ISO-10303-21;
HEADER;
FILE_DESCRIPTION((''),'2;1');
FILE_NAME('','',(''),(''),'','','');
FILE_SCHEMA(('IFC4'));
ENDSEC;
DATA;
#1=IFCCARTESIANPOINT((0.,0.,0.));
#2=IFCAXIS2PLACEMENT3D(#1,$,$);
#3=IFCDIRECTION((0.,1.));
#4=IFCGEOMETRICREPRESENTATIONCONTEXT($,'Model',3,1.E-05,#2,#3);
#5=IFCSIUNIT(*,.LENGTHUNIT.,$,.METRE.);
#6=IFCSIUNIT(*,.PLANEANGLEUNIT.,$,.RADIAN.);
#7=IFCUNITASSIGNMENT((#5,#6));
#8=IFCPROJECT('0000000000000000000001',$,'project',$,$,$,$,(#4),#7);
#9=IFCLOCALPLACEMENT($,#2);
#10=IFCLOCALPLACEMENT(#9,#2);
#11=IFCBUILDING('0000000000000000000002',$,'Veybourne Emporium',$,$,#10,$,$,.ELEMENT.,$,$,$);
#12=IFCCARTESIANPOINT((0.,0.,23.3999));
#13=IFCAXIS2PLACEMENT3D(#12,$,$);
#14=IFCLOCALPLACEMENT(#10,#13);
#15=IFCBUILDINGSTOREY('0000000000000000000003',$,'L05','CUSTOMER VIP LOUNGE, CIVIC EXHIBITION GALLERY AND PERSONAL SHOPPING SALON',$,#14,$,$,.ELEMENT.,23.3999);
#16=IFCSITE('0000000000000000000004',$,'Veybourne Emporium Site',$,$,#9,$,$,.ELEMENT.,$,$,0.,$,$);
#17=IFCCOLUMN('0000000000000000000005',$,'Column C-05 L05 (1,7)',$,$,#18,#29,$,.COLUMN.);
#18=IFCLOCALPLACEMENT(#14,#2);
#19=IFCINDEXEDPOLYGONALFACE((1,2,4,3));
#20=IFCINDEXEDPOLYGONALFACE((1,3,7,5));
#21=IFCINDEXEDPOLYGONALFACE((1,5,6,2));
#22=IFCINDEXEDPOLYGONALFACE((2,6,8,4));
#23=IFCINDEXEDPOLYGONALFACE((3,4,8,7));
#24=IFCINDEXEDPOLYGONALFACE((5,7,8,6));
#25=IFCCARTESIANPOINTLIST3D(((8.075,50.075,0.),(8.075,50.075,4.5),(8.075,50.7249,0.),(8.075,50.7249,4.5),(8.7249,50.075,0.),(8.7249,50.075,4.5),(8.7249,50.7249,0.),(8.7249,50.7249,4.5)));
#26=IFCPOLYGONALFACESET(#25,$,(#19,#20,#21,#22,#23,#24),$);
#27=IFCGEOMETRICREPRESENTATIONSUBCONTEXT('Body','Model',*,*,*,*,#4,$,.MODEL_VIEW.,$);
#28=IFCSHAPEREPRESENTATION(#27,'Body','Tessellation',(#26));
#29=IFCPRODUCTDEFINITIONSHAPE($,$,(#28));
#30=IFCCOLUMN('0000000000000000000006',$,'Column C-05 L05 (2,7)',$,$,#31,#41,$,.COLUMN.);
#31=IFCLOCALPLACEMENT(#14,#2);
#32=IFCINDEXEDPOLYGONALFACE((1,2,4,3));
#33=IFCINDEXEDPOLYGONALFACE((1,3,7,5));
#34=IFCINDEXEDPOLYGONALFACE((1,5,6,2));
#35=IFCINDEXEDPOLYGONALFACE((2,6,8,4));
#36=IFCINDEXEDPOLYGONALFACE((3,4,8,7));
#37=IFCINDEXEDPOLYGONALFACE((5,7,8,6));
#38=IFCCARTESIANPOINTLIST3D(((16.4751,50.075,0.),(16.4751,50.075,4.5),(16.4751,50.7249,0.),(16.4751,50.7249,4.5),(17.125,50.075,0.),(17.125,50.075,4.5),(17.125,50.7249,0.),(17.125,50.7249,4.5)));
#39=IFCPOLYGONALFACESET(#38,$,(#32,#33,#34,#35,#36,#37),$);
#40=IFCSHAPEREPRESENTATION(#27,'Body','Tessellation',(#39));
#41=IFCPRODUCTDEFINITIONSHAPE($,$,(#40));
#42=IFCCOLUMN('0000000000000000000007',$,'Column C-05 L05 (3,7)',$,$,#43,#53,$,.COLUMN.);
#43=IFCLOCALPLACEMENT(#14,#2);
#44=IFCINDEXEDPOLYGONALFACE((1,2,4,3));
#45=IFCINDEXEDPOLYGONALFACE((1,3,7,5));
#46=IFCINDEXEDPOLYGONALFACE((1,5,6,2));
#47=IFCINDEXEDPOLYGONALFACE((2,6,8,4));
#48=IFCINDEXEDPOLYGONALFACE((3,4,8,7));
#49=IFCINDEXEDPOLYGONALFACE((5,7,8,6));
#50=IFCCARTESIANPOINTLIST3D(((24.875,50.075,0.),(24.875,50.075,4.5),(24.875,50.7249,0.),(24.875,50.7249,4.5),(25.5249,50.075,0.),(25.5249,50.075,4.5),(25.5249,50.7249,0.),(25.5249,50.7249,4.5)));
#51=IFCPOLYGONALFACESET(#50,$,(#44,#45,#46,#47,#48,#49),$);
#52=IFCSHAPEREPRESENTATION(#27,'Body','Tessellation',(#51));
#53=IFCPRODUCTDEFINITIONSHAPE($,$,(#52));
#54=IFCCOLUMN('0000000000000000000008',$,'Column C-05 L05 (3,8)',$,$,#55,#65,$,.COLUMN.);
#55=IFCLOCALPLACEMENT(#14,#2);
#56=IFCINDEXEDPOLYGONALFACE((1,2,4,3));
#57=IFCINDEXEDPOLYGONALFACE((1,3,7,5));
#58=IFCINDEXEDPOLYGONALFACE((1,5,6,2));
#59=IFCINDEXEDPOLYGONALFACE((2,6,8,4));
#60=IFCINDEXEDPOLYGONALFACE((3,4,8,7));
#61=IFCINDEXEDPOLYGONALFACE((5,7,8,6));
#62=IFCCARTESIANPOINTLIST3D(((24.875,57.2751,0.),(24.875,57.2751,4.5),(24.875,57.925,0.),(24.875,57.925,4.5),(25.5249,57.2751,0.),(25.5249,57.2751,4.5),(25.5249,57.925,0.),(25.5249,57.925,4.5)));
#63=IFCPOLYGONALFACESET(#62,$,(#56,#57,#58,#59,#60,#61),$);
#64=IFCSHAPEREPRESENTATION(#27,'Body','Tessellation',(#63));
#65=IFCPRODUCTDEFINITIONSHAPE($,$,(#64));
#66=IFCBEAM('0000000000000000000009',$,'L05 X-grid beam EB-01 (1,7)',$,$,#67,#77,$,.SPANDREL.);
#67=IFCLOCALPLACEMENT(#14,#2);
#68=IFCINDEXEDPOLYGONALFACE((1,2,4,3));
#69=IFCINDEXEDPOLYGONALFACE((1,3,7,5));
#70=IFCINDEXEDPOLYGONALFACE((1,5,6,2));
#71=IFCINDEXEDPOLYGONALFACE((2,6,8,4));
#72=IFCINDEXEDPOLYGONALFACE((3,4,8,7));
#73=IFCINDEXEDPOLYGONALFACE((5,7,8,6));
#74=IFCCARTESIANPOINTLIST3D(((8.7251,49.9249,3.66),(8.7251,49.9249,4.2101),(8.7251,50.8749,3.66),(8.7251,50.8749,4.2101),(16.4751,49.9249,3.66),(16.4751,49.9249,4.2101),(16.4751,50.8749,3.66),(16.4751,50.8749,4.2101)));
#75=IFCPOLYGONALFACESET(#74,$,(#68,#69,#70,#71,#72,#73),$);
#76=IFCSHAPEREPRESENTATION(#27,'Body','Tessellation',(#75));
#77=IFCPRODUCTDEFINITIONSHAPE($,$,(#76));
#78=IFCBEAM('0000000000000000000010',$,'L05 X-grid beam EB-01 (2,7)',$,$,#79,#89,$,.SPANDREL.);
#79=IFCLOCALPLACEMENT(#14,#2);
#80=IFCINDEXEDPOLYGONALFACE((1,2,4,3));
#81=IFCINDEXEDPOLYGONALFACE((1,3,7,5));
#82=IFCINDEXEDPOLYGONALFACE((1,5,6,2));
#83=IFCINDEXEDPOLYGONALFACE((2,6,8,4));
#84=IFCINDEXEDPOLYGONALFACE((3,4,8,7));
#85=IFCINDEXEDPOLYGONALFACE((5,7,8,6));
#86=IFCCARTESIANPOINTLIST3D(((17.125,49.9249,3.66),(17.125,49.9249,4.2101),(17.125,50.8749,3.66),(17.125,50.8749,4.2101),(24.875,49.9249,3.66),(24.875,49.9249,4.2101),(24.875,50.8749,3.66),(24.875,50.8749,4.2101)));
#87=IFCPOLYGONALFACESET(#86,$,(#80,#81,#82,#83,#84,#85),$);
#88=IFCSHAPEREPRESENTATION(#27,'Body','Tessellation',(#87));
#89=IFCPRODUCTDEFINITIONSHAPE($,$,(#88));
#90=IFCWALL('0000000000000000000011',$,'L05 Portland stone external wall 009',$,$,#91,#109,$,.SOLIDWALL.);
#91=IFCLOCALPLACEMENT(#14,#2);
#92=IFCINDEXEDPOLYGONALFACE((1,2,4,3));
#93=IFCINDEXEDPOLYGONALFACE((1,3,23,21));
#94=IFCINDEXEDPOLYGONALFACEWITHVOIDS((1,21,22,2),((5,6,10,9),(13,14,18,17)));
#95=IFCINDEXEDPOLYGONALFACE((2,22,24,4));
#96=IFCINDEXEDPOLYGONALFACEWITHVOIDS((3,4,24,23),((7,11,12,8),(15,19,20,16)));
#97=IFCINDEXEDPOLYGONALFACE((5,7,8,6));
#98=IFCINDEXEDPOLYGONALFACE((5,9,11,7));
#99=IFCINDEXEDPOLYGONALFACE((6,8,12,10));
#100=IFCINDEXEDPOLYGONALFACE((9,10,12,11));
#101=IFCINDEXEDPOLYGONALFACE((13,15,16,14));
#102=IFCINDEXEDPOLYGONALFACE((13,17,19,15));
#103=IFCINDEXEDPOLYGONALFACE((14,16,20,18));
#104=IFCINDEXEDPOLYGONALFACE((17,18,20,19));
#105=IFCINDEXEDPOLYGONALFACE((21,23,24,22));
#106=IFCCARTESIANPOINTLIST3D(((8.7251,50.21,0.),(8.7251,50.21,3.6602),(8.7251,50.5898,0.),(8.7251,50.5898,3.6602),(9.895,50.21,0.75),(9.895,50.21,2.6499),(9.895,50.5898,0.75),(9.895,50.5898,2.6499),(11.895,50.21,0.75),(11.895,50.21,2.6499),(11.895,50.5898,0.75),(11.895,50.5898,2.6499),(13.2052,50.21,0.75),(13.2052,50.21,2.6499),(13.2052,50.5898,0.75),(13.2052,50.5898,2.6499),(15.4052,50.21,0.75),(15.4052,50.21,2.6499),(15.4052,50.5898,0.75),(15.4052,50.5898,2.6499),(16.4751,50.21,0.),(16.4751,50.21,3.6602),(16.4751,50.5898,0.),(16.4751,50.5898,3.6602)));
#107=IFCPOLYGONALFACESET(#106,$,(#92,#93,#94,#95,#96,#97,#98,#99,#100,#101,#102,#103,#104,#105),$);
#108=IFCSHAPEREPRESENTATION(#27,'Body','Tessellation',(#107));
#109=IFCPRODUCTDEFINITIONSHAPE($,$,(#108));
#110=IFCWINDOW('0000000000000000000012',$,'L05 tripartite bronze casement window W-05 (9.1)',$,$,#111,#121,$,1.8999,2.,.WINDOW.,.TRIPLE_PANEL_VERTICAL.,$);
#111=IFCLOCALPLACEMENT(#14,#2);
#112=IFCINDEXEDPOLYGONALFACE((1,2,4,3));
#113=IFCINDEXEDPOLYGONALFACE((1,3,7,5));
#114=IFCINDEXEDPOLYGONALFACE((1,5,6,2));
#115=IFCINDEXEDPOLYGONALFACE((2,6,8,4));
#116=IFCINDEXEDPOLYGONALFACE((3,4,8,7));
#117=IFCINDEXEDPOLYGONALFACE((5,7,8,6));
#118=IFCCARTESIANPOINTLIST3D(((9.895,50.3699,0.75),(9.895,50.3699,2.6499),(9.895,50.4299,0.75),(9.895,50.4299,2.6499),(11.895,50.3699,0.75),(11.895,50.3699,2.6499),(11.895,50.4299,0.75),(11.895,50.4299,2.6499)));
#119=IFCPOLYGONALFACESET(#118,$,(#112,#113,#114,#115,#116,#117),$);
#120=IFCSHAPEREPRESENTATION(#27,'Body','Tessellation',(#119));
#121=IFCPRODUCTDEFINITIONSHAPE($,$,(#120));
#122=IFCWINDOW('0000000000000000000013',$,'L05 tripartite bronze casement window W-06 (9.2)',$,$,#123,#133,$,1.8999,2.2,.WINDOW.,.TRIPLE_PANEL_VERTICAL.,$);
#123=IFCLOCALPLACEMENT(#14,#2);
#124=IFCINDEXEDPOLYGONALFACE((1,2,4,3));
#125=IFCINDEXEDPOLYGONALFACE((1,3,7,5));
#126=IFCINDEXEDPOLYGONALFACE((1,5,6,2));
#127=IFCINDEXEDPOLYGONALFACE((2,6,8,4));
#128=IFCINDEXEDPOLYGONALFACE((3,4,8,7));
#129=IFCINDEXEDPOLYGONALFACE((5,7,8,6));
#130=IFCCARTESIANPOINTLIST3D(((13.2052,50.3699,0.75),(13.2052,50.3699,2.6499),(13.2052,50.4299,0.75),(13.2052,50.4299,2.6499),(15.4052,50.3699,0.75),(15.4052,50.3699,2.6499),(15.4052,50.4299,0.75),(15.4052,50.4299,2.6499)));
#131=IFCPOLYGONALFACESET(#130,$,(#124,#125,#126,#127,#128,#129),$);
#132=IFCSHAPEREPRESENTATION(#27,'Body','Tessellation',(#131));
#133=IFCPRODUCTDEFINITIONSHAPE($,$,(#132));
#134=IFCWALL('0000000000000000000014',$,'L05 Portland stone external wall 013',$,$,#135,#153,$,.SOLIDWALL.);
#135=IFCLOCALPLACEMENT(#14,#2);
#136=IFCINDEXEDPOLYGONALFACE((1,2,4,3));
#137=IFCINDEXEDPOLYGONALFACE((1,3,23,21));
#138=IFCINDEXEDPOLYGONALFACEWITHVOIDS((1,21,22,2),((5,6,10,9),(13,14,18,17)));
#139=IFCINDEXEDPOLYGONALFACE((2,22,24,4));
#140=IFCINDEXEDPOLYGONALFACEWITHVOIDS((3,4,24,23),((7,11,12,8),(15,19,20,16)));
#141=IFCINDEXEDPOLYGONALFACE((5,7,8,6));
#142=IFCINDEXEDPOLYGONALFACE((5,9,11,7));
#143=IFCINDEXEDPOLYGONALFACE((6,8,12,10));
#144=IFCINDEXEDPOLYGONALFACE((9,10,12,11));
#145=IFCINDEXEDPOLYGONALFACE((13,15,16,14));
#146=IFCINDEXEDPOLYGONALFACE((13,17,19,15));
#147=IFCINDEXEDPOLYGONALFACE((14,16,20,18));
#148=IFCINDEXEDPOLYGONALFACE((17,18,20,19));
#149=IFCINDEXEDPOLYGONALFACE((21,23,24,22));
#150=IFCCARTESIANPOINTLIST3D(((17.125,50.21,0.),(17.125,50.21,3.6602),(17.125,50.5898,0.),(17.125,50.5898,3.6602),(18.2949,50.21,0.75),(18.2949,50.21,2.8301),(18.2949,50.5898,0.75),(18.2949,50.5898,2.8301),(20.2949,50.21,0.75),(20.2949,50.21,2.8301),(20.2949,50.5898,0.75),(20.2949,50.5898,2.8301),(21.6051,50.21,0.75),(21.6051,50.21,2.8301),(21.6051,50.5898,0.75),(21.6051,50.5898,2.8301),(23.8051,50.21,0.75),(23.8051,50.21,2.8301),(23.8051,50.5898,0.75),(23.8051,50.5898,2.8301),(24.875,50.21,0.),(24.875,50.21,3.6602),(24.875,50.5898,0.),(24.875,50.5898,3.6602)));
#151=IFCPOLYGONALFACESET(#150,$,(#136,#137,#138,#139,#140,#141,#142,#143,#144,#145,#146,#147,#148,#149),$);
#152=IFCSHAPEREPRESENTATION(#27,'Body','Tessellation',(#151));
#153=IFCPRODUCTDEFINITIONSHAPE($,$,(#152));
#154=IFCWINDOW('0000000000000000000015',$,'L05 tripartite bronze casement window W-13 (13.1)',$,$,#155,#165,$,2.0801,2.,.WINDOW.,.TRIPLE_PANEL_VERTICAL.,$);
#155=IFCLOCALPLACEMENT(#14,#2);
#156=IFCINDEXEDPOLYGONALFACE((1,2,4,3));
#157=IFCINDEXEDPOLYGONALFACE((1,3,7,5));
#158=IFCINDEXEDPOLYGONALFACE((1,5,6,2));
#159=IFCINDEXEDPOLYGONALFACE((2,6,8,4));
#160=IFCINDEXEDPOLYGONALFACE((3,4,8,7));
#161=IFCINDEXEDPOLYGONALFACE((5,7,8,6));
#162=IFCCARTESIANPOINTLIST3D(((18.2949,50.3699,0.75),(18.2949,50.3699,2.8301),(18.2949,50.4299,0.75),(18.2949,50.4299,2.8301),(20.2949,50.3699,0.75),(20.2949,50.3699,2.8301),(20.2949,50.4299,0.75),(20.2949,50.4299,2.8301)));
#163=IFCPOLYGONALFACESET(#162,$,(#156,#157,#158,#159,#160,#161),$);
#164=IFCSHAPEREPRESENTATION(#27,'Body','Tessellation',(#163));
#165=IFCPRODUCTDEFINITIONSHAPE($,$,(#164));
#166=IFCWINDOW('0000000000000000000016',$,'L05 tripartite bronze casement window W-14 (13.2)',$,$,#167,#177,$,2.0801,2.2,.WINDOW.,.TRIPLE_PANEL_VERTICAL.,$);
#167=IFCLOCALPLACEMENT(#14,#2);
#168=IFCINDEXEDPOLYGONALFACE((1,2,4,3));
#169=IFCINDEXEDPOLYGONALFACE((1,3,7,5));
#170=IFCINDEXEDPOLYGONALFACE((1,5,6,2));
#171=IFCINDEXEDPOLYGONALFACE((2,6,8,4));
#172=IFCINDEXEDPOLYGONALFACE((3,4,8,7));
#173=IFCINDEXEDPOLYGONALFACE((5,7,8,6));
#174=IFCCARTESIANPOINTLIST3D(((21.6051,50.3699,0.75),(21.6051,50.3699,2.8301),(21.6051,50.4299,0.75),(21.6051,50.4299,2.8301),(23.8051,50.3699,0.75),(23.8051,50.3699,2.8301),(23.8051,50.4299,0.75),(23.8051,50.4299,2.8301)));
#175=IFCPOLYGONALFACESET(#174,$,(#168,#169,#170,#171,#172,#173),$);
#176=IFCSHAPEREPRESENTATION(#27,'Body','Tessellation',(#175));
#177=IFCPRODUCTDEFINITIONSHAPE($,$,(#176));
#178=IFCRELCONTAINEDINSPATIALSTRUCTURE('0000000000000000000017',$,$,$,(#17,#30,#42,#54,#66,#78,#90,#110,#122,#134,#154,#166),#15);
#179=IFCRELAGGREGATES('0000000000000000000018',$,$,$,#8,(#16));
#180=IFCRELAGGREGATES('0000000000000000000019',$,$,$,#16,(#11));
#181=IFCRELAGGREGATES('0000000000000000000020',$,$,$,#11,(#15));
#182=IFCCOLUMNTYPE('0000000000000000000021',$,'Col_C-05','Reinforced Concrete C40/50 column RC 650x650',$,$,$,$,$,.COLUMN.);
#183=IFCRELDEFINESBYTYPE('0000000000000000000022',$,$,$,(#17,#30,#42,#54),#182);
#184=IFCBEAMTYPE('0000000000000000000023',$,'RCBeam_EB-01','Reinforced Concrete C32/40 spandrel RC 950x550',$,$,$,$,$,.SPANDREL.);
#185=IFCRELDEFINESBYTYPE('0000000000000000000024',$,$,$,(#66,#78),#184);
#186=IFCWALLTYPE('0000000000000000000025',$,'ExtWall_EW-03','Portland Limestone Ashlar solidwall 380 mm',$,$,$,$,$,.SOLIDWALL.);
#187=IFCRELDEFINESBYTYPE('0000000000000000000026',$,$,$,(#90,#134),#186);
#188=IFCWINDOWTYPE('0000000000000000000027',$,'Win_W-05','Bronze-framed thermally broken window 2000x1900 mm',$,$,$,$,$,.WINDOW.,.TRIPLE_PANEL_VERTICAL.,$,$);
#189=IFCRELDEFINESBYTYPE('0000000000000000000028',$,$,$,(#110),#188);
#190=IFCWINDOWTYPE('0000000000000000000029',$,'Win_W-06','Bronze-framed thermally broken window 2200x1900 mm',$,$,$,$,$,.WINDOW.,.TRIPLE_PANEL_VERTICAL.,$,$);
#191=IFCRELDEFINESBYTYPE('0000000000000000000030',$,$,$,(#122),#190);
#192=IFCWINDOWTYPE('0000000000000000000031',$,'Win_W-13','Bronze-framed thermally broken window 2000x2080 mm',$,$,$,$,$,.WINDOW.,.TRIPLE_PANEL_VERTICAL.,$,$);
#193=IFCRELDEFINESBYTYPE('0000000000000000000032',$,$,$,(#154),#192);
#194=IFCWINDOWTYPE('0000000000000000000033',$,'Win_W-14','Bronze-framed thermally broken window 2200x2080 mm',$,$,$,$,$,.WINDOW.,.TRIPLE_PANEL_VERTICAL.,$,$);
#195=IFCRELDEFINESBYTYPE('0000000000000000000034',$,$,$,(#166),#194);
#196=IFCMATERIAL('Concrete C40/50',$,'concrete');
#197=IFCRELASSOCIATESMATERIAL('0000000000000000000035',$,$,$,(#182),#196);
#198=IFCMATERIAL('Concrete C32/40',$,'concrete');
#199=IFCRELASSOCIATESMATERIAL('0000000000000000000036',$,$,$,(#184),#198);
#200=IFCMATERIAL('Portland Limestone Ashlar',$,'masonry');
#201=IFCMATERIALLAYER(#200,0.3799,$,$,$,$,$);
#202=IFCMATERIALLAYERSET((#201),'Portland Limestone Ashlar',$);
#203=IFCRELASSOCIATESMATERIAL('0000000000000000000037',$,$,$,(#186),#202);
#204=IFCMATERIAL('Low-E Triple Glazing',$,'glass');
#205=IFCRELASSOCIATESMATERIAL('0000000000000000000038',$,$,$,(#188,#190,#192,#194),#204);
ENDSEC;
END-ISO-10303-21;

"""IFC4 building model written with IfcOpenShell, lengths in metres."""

from ifc_helpers import new_model, si_unit, direction, frame, frame_2d, origin, origin_2d, place, context, subcontext, project, spatial, rectangle, extrude, material, layer, layer_set, material_profile, profile_set, type_object, element, fill, save


model = new_model("IFC4")

# Units and contexts
model_context = context("Model", 3, precision=1e-05, world=origin(), true_north=direction((0.0, 1.0)))
body_context = subcontext(model_context, "Body", "Model", "MODEL_VIEW")
ifc_project = project(units=[si_unit("LENGTHUNIT", "METRE"), si_unit("PLANEANGLEUNIT", "RADIAN")], contexts=[model_context])

# Site, building, storey
site_placement = place(None, origin())
site = spatial("IfcSite", under=ifc_project, at=site_placement, Name="Veybourne Emporium Site", CompositionType="ELEMENT", RefElevation=0.0)
building_placement = place(site_placement, origin())
building = spatial("IfcBuilding", under=site, at=building_placement, Name="Veybourne Emporium", CompositionType="ELEMENT")
storey_placement = place(building_placement, frame((0.0, 0.0, 23.3999)))
storey = spatial("IfcBuildingStorey", under=building, at=storey_placement, Name="L05", Description="CUSTOMER VIP LOUNGE, CIVIC EXHIBITION GALLERY AND PERSONAL SHOPPING SALON", CompositionType="ELEMENT", Elevation=23.3999)

# Columns
ifc_material_1 = material(Name="Concrete C40/50", Category="concrete")
ifc_material_profile_1 = material_profile(ifc_material_1, rectangle(XDim=0.6499, YDim=0.6499, at=origin_2d()), Name="RC 650x650")
ifc_profile_set_1 = profile_set([ifc_material_profile_1], Name="Concrete C40/50")
column_type = type_object("IfcColumnType", Name="Col_C-05", Description="Reinforced Concrete C40/50 column RC 650x650", PredefinedType="COLUMN", material=ifc_profile_set_1)
for number, where, z_axis, x_axis, name in (
    (1, (8.3999, 50.3999, 0.0), (0.0, 0.0, 1.0), (1.0, 0.0, 0.0), "Column C-05 L05 (1,7)"),
    (2, (16.8, 50.3999, 0.0), (0.0, 0.0, 1.0), (1.0, 0.0, 0.0), "Column C-05 L05 (2,7)"),
    (3, (25.2, 50.3999, 0.0), (0.0, 0.0, 1.0), (1.0, 0.0, 0.0), "Column C-05 L05 (3,7)"),
    (4, (25.2, 57.6001, 0.0), (0.0, 0.0, 1.0), (1.0, 0.0, 0.0), "Column C-05 L05 (3,8)"),
):
    element("IfcColumn", number, at=place(storey_placement, frame(where, z_axis=z_axis, x_axis=x_axis)), inside=storey, type_object=column_type, Name=name, PredefinedType="COLUMN", context=body_context, shape_type="SweptSolid", body=[
        extrude(rectangle(XDim=0.6499, YDim=0.6499, at=origin_2d()), origin(), (0.0, 0.0, 1.0), 4.5),
    ])

# Beams
ifc_material_2 = material(Name="Concrete C32/40", Category="concrete")
ifc_material_profile_2 = material_profile(ifc_material_2, rectangle(XDim=0.95, YDim=0.55, at=origin_2d()), Name="RC 950x550")
ifc_profile_set_2 = profile_set([ifc_material_profile_2], Name="Concrete C32/40")
beam_type = type_object("IfcBeamType", Name="RCBeam_EB-01", Description="Reinforced Concrete C32/40 spandrel RC 950x550", PredefinedType="SPANDREL", material=ifc_profile_set_2)
for number, where, z_axis, x_axis, name in (
    (5, (8.7251, 50.3999, 3.9351), (1.0, 0.0, 0.0), (0.0, 1.0, 0.0), "L05 X-grid beam EB-01 (1,7)"),
    (6, (17.125, 50.3999, 3.9351), (1.0, 0.0, 0.0), (0.0, 1.0, 0.0), "L05 X-grid beam EB-01 (2,7)"),
):
    element("IfcBeam", number, at=place(storey_placement, frame(where, z_axis=z_axis, x_axis=x_axis)), inside=storey, type_object=beam_type, Name=name, PredefinedType="SPANDREL", context=body_context, shape_type="SweptSolid", body=[
        extrude(rectangle(XDim=0.95, YDim=0.55, at=origin_2d()), origin(), (0.0, 0.0, 1.0), 7.75),
    ])

# Walls, openings, windows
ifc_material_3 = material(Name="Portland Limestone Ashlar", Category="masonry")
ifc_layer_1 = layer(ifc_material_3, 0.3799)
ifc_layer_set_1 = layer_set([ifc_layer_1], Name="Portland Limestone Ashlar")
wall_type_1 = type_object("IfcWallType", Name="ExtWall_EW-03", Description="Portland Limestone Ashlar solidwall 380 mm", PredefinedType="SOLIDWALL", material=ifc_layer_set_1)
wall_1_placement = place(storey_placement, frame((8.7251, 50.3999, 0.0), z_axis=(0.0, 0.0, 1.0), x_axis=(1.0, 0.0, 0.0)))
wall_1 = element("IfcWall", 7, at=wall_1_placement, inside=storey, type_object=wall_type_1, Name="L05 Portland stone external wall 009", PredefinedType="SOLIDWALL", context=body_context, shape_type="SweptSolid", body=[
    extrude(rectangle(XDim=7.75, YDim=0.3799, at=frame_2d((3.875, 0.0))), origin(), (0.0, 0.0, 1.0), 3.6602),
])
opening_1_placement = place(wall_1_placement, frame((1.1699, 0.0, 0.75)))
opening_1 = element("IfcOpeningElement", 8, at=opening_1_placement, cuts=wall_1, PredefinedType="OPENING", context=body_context, shape_type="SweptSolid", body=[
    extrude(rectangle(XDim=2.0, YDim=1.8999, at=frame_2d((1.0, 0.95))), frame((0.0, 0.21, 0.0), z_axis=(0.0, -1.0, 0.0), x_axis=(1.0, 0.0, 0.0)), (0.0, 0.0, 1.0), 0.4199),
])
opening_2_placement = place(wall_1_placement, frame((4.48, 0.0, 0.75)))
opening_2 = element("IfcOpeningElement", 9, at=opening_2_placement, cuts=wall_1, PredefinedType="OPENING", context=body_context, shape_type="SweptSolid", body=[
    extrude(rectangle(XDim=2.2, YDim=1.8999, at=frame_2d((1.1001, 0.95))), frame((0.0, 0.21, 0.0), z_axis=(0.0, -1.0, 0.0), x_axis=(1.0, 0.0, 0.0)), (0.0, 0.0, 1.0), 0.4199),
])
ifc_material_4 = material(Name="Low-E Triple Glazing", Category="glass")
window_type_1 = type_object("IfcWindowType", Name="Win_W-05", Description="Bronze-framed thermally broken window 2000x1900 mm", PartitioningType="TRIPLE_PANEL_VERTICAL", PredefinedType="WINDOW", material=ifc_material_4)
window_1_placement = place(opening_1_placement, origin())
window_1 = element("IfcWindow", 10, at=window_1_placement, inside=storey, type_object=window_type_1, Name="L05 tripartite bronze casement window W-05 (9.1)", OverallHeight=1.8999, OverallWidth=2.0, PartitioningType="TRIPLE_PANEL_VERTICAL", PredefinedType="WINDOW", context=body_context, shape_type="SweptSolid", body=[
    extrude(rectangle(XDim=2.0, YDim=1.8999, at=frame_2d((1.0, 0.95))), frame((0.0, 0.03, 0.0), z_axis=(0.0, -1.0, 0.0), x_axis=(1.0, 0.0, 0.0)), (0.0, 0.0, 1.0), 0.0601),
])
fill(opening_1, window_1)
window_type_2 = type_object("IfcWindowType", Name="Win_W-06", Description="Bronze-framed thermally broken window 2200x1900 mm", PartitioningType="TRIPLE_PANEL_VERTICAL", PredefinedType="WINDOW", material=ifc_material_4)
window_2_placement = place(opening_2_placement, origin())
window_2 = element("IfcWindow", 11, at=window_2_placement, inside=storey, type_object=window_type_2, Name="L05 tripartite bronze casement window W-06 (9.2)", OverallHeight=1.8999, OverallWidth=2.2, PartitioningType="TRIPLE_PANEL_VERTICAL", PredefinedType="WINDOW", context=body_context, shape_type="SweptSolid", body=[
    extrude(rectangle(XDim=2.2, YDim=1.8999, at=frame_2d((1.1001, 0.95))), frame((0.0, 0.03, 0.0), z_axis=(0.0, -1.0, 0.0), x_axis=(1.0, 0.0, 0.0)), (0.0, 0.0, 1.0), 0.0601),
])
fill(opening_2, window_2)
wall_2_placement = place(storey_placement, frame((17.125, 50.3999, 0.0), z_axis=(0.0, 0.0, 1.0), x_axis=(1.0, 0.0, 0.0)))
wall_2 = element("IfcWall", 12, at=wall_2_placement, inside=storey, type_object=wall_type_1, Name="L05 Portland stone external wall 013", PredefinedType="SOLIDWALL", context=body_context, shape_type="SweptSolid", body=[
    extrude(rectangle(XDim=7.75, YDim=0.3799, at=frame_2d((3.875, 0.0))), origin(), (0.0, 0.0, 1.0), 3.6602),
])
opening_3_placement = place(wall_2_placement, frame((1.1699, 0.0, 0.75)))
opening_3 = element("IfcOpeningElement", 13, at=opening_3_placement, cuts=wall_2, PredefinedType="OPENING", context=body_context, shape_type="SweptSolid", body=[
    extrude(rectangle(XDim=2.0, YDim=2.0801, at=frame_2d((1.0, 1.04))), frame((0.0, 0.21, 0.0), z_axis=(0.0, -1.0, 0.0), x_axis=(1.0, 0.0, 0.0)), (0.0, 0.0, 1.0), 0.4199),
])
opening_4_placement = place(wall_2_placement, frame((4.48, 0.0, 0.75)))
opening_4 = element("IfcOpeningElement", 14, at=opening_4_placement, cuts=wall_2, PredefinedType="OPENING", context=body_context, shape_type="SweptSolid", body=[
    extrude(rectangle(XDim=2.2, YDim=2.0801, at=frame_2d((1.1001, 1.04))), frame((0.0, 0.21, 0.0), z_axis=(0.0, -1.0, 0.0), x_axis=(1.0, 0.0, 0.0)), (0.0, 0.0, 1.0), 0.4199),
])
window_type_3 = type_object("IfcWindowType", Name="Win_W-13", Description="Bronze-framed thermally broken window 2000x2080 mm", PartitioningType="TRIPLE_PANEL_VERTICAL", PredefinedType="WINDOW", material=ifc_material_4)
window_3_placement = place(opening_3_placement, origin())
window_3 = element("IfcWindow", 15, at=window_3_placement, inside=storey, type_object=window_type_3, Name="L05 tripartite bronze casement window W-13 (13.1)", OverallHeight=2.0801, OverallWidth=2.0, PartitioningType="TRIPLE_PANEL_VERTICAL", PredefinedType="WINDOW", context=body_context, shape_type="SweptSolid", body=[
    extrude(rectangle(XDim=2.0, YDim=2.0801, at=frame_2d((1.0, 1.04))), frame((0.0, 0.03, 0.0), z_axis=(0.0, -1.0, 0.0), x_axis=(1.0, 0.0, 0.0)), (0.0, 0.0, 1.0), 0.0601),
])
fill(opening_3, window_3)
window_type_4 = type_object("IfcWindowType", Name="Win_W-14", Description="Bronze-framed thermally broken window 2200x2080 mm", PartitioningType="TRIPLE_PANEL_VERTICAL", PredefinedType="WINDOW", material=ifc_material_4)
window_4_placement = place(opening_4_placement, origin())
window_4 = element("IfcWindow", 16, at=window_4_placement, inside=storey, type_object=window_type_4, Name="L05 tripartite bronze casement window W-14 (13.2)", OverallHeight=2.0801, OverallWidth=2.2, PartitioningType="TRIPLE_PANEL_VERTICAL", PredefinedType="WINDOW", context=body_context, shape_type="SweptSolid", body=[
    extrude(rectangle(XDim=2.2, YDim=2.0801, at=frame_2d((1.1001, 1.04))), frame((0.0, 0.03, 0.0), z_axis=(0.0, -1.0, 0.0), x_axis=(1.0, 0.0, 0.0)), (0.0, 0.0, 1.0), 0.0601),
])
fill(opening_4, window_4)

save(model, "model.ifc")
